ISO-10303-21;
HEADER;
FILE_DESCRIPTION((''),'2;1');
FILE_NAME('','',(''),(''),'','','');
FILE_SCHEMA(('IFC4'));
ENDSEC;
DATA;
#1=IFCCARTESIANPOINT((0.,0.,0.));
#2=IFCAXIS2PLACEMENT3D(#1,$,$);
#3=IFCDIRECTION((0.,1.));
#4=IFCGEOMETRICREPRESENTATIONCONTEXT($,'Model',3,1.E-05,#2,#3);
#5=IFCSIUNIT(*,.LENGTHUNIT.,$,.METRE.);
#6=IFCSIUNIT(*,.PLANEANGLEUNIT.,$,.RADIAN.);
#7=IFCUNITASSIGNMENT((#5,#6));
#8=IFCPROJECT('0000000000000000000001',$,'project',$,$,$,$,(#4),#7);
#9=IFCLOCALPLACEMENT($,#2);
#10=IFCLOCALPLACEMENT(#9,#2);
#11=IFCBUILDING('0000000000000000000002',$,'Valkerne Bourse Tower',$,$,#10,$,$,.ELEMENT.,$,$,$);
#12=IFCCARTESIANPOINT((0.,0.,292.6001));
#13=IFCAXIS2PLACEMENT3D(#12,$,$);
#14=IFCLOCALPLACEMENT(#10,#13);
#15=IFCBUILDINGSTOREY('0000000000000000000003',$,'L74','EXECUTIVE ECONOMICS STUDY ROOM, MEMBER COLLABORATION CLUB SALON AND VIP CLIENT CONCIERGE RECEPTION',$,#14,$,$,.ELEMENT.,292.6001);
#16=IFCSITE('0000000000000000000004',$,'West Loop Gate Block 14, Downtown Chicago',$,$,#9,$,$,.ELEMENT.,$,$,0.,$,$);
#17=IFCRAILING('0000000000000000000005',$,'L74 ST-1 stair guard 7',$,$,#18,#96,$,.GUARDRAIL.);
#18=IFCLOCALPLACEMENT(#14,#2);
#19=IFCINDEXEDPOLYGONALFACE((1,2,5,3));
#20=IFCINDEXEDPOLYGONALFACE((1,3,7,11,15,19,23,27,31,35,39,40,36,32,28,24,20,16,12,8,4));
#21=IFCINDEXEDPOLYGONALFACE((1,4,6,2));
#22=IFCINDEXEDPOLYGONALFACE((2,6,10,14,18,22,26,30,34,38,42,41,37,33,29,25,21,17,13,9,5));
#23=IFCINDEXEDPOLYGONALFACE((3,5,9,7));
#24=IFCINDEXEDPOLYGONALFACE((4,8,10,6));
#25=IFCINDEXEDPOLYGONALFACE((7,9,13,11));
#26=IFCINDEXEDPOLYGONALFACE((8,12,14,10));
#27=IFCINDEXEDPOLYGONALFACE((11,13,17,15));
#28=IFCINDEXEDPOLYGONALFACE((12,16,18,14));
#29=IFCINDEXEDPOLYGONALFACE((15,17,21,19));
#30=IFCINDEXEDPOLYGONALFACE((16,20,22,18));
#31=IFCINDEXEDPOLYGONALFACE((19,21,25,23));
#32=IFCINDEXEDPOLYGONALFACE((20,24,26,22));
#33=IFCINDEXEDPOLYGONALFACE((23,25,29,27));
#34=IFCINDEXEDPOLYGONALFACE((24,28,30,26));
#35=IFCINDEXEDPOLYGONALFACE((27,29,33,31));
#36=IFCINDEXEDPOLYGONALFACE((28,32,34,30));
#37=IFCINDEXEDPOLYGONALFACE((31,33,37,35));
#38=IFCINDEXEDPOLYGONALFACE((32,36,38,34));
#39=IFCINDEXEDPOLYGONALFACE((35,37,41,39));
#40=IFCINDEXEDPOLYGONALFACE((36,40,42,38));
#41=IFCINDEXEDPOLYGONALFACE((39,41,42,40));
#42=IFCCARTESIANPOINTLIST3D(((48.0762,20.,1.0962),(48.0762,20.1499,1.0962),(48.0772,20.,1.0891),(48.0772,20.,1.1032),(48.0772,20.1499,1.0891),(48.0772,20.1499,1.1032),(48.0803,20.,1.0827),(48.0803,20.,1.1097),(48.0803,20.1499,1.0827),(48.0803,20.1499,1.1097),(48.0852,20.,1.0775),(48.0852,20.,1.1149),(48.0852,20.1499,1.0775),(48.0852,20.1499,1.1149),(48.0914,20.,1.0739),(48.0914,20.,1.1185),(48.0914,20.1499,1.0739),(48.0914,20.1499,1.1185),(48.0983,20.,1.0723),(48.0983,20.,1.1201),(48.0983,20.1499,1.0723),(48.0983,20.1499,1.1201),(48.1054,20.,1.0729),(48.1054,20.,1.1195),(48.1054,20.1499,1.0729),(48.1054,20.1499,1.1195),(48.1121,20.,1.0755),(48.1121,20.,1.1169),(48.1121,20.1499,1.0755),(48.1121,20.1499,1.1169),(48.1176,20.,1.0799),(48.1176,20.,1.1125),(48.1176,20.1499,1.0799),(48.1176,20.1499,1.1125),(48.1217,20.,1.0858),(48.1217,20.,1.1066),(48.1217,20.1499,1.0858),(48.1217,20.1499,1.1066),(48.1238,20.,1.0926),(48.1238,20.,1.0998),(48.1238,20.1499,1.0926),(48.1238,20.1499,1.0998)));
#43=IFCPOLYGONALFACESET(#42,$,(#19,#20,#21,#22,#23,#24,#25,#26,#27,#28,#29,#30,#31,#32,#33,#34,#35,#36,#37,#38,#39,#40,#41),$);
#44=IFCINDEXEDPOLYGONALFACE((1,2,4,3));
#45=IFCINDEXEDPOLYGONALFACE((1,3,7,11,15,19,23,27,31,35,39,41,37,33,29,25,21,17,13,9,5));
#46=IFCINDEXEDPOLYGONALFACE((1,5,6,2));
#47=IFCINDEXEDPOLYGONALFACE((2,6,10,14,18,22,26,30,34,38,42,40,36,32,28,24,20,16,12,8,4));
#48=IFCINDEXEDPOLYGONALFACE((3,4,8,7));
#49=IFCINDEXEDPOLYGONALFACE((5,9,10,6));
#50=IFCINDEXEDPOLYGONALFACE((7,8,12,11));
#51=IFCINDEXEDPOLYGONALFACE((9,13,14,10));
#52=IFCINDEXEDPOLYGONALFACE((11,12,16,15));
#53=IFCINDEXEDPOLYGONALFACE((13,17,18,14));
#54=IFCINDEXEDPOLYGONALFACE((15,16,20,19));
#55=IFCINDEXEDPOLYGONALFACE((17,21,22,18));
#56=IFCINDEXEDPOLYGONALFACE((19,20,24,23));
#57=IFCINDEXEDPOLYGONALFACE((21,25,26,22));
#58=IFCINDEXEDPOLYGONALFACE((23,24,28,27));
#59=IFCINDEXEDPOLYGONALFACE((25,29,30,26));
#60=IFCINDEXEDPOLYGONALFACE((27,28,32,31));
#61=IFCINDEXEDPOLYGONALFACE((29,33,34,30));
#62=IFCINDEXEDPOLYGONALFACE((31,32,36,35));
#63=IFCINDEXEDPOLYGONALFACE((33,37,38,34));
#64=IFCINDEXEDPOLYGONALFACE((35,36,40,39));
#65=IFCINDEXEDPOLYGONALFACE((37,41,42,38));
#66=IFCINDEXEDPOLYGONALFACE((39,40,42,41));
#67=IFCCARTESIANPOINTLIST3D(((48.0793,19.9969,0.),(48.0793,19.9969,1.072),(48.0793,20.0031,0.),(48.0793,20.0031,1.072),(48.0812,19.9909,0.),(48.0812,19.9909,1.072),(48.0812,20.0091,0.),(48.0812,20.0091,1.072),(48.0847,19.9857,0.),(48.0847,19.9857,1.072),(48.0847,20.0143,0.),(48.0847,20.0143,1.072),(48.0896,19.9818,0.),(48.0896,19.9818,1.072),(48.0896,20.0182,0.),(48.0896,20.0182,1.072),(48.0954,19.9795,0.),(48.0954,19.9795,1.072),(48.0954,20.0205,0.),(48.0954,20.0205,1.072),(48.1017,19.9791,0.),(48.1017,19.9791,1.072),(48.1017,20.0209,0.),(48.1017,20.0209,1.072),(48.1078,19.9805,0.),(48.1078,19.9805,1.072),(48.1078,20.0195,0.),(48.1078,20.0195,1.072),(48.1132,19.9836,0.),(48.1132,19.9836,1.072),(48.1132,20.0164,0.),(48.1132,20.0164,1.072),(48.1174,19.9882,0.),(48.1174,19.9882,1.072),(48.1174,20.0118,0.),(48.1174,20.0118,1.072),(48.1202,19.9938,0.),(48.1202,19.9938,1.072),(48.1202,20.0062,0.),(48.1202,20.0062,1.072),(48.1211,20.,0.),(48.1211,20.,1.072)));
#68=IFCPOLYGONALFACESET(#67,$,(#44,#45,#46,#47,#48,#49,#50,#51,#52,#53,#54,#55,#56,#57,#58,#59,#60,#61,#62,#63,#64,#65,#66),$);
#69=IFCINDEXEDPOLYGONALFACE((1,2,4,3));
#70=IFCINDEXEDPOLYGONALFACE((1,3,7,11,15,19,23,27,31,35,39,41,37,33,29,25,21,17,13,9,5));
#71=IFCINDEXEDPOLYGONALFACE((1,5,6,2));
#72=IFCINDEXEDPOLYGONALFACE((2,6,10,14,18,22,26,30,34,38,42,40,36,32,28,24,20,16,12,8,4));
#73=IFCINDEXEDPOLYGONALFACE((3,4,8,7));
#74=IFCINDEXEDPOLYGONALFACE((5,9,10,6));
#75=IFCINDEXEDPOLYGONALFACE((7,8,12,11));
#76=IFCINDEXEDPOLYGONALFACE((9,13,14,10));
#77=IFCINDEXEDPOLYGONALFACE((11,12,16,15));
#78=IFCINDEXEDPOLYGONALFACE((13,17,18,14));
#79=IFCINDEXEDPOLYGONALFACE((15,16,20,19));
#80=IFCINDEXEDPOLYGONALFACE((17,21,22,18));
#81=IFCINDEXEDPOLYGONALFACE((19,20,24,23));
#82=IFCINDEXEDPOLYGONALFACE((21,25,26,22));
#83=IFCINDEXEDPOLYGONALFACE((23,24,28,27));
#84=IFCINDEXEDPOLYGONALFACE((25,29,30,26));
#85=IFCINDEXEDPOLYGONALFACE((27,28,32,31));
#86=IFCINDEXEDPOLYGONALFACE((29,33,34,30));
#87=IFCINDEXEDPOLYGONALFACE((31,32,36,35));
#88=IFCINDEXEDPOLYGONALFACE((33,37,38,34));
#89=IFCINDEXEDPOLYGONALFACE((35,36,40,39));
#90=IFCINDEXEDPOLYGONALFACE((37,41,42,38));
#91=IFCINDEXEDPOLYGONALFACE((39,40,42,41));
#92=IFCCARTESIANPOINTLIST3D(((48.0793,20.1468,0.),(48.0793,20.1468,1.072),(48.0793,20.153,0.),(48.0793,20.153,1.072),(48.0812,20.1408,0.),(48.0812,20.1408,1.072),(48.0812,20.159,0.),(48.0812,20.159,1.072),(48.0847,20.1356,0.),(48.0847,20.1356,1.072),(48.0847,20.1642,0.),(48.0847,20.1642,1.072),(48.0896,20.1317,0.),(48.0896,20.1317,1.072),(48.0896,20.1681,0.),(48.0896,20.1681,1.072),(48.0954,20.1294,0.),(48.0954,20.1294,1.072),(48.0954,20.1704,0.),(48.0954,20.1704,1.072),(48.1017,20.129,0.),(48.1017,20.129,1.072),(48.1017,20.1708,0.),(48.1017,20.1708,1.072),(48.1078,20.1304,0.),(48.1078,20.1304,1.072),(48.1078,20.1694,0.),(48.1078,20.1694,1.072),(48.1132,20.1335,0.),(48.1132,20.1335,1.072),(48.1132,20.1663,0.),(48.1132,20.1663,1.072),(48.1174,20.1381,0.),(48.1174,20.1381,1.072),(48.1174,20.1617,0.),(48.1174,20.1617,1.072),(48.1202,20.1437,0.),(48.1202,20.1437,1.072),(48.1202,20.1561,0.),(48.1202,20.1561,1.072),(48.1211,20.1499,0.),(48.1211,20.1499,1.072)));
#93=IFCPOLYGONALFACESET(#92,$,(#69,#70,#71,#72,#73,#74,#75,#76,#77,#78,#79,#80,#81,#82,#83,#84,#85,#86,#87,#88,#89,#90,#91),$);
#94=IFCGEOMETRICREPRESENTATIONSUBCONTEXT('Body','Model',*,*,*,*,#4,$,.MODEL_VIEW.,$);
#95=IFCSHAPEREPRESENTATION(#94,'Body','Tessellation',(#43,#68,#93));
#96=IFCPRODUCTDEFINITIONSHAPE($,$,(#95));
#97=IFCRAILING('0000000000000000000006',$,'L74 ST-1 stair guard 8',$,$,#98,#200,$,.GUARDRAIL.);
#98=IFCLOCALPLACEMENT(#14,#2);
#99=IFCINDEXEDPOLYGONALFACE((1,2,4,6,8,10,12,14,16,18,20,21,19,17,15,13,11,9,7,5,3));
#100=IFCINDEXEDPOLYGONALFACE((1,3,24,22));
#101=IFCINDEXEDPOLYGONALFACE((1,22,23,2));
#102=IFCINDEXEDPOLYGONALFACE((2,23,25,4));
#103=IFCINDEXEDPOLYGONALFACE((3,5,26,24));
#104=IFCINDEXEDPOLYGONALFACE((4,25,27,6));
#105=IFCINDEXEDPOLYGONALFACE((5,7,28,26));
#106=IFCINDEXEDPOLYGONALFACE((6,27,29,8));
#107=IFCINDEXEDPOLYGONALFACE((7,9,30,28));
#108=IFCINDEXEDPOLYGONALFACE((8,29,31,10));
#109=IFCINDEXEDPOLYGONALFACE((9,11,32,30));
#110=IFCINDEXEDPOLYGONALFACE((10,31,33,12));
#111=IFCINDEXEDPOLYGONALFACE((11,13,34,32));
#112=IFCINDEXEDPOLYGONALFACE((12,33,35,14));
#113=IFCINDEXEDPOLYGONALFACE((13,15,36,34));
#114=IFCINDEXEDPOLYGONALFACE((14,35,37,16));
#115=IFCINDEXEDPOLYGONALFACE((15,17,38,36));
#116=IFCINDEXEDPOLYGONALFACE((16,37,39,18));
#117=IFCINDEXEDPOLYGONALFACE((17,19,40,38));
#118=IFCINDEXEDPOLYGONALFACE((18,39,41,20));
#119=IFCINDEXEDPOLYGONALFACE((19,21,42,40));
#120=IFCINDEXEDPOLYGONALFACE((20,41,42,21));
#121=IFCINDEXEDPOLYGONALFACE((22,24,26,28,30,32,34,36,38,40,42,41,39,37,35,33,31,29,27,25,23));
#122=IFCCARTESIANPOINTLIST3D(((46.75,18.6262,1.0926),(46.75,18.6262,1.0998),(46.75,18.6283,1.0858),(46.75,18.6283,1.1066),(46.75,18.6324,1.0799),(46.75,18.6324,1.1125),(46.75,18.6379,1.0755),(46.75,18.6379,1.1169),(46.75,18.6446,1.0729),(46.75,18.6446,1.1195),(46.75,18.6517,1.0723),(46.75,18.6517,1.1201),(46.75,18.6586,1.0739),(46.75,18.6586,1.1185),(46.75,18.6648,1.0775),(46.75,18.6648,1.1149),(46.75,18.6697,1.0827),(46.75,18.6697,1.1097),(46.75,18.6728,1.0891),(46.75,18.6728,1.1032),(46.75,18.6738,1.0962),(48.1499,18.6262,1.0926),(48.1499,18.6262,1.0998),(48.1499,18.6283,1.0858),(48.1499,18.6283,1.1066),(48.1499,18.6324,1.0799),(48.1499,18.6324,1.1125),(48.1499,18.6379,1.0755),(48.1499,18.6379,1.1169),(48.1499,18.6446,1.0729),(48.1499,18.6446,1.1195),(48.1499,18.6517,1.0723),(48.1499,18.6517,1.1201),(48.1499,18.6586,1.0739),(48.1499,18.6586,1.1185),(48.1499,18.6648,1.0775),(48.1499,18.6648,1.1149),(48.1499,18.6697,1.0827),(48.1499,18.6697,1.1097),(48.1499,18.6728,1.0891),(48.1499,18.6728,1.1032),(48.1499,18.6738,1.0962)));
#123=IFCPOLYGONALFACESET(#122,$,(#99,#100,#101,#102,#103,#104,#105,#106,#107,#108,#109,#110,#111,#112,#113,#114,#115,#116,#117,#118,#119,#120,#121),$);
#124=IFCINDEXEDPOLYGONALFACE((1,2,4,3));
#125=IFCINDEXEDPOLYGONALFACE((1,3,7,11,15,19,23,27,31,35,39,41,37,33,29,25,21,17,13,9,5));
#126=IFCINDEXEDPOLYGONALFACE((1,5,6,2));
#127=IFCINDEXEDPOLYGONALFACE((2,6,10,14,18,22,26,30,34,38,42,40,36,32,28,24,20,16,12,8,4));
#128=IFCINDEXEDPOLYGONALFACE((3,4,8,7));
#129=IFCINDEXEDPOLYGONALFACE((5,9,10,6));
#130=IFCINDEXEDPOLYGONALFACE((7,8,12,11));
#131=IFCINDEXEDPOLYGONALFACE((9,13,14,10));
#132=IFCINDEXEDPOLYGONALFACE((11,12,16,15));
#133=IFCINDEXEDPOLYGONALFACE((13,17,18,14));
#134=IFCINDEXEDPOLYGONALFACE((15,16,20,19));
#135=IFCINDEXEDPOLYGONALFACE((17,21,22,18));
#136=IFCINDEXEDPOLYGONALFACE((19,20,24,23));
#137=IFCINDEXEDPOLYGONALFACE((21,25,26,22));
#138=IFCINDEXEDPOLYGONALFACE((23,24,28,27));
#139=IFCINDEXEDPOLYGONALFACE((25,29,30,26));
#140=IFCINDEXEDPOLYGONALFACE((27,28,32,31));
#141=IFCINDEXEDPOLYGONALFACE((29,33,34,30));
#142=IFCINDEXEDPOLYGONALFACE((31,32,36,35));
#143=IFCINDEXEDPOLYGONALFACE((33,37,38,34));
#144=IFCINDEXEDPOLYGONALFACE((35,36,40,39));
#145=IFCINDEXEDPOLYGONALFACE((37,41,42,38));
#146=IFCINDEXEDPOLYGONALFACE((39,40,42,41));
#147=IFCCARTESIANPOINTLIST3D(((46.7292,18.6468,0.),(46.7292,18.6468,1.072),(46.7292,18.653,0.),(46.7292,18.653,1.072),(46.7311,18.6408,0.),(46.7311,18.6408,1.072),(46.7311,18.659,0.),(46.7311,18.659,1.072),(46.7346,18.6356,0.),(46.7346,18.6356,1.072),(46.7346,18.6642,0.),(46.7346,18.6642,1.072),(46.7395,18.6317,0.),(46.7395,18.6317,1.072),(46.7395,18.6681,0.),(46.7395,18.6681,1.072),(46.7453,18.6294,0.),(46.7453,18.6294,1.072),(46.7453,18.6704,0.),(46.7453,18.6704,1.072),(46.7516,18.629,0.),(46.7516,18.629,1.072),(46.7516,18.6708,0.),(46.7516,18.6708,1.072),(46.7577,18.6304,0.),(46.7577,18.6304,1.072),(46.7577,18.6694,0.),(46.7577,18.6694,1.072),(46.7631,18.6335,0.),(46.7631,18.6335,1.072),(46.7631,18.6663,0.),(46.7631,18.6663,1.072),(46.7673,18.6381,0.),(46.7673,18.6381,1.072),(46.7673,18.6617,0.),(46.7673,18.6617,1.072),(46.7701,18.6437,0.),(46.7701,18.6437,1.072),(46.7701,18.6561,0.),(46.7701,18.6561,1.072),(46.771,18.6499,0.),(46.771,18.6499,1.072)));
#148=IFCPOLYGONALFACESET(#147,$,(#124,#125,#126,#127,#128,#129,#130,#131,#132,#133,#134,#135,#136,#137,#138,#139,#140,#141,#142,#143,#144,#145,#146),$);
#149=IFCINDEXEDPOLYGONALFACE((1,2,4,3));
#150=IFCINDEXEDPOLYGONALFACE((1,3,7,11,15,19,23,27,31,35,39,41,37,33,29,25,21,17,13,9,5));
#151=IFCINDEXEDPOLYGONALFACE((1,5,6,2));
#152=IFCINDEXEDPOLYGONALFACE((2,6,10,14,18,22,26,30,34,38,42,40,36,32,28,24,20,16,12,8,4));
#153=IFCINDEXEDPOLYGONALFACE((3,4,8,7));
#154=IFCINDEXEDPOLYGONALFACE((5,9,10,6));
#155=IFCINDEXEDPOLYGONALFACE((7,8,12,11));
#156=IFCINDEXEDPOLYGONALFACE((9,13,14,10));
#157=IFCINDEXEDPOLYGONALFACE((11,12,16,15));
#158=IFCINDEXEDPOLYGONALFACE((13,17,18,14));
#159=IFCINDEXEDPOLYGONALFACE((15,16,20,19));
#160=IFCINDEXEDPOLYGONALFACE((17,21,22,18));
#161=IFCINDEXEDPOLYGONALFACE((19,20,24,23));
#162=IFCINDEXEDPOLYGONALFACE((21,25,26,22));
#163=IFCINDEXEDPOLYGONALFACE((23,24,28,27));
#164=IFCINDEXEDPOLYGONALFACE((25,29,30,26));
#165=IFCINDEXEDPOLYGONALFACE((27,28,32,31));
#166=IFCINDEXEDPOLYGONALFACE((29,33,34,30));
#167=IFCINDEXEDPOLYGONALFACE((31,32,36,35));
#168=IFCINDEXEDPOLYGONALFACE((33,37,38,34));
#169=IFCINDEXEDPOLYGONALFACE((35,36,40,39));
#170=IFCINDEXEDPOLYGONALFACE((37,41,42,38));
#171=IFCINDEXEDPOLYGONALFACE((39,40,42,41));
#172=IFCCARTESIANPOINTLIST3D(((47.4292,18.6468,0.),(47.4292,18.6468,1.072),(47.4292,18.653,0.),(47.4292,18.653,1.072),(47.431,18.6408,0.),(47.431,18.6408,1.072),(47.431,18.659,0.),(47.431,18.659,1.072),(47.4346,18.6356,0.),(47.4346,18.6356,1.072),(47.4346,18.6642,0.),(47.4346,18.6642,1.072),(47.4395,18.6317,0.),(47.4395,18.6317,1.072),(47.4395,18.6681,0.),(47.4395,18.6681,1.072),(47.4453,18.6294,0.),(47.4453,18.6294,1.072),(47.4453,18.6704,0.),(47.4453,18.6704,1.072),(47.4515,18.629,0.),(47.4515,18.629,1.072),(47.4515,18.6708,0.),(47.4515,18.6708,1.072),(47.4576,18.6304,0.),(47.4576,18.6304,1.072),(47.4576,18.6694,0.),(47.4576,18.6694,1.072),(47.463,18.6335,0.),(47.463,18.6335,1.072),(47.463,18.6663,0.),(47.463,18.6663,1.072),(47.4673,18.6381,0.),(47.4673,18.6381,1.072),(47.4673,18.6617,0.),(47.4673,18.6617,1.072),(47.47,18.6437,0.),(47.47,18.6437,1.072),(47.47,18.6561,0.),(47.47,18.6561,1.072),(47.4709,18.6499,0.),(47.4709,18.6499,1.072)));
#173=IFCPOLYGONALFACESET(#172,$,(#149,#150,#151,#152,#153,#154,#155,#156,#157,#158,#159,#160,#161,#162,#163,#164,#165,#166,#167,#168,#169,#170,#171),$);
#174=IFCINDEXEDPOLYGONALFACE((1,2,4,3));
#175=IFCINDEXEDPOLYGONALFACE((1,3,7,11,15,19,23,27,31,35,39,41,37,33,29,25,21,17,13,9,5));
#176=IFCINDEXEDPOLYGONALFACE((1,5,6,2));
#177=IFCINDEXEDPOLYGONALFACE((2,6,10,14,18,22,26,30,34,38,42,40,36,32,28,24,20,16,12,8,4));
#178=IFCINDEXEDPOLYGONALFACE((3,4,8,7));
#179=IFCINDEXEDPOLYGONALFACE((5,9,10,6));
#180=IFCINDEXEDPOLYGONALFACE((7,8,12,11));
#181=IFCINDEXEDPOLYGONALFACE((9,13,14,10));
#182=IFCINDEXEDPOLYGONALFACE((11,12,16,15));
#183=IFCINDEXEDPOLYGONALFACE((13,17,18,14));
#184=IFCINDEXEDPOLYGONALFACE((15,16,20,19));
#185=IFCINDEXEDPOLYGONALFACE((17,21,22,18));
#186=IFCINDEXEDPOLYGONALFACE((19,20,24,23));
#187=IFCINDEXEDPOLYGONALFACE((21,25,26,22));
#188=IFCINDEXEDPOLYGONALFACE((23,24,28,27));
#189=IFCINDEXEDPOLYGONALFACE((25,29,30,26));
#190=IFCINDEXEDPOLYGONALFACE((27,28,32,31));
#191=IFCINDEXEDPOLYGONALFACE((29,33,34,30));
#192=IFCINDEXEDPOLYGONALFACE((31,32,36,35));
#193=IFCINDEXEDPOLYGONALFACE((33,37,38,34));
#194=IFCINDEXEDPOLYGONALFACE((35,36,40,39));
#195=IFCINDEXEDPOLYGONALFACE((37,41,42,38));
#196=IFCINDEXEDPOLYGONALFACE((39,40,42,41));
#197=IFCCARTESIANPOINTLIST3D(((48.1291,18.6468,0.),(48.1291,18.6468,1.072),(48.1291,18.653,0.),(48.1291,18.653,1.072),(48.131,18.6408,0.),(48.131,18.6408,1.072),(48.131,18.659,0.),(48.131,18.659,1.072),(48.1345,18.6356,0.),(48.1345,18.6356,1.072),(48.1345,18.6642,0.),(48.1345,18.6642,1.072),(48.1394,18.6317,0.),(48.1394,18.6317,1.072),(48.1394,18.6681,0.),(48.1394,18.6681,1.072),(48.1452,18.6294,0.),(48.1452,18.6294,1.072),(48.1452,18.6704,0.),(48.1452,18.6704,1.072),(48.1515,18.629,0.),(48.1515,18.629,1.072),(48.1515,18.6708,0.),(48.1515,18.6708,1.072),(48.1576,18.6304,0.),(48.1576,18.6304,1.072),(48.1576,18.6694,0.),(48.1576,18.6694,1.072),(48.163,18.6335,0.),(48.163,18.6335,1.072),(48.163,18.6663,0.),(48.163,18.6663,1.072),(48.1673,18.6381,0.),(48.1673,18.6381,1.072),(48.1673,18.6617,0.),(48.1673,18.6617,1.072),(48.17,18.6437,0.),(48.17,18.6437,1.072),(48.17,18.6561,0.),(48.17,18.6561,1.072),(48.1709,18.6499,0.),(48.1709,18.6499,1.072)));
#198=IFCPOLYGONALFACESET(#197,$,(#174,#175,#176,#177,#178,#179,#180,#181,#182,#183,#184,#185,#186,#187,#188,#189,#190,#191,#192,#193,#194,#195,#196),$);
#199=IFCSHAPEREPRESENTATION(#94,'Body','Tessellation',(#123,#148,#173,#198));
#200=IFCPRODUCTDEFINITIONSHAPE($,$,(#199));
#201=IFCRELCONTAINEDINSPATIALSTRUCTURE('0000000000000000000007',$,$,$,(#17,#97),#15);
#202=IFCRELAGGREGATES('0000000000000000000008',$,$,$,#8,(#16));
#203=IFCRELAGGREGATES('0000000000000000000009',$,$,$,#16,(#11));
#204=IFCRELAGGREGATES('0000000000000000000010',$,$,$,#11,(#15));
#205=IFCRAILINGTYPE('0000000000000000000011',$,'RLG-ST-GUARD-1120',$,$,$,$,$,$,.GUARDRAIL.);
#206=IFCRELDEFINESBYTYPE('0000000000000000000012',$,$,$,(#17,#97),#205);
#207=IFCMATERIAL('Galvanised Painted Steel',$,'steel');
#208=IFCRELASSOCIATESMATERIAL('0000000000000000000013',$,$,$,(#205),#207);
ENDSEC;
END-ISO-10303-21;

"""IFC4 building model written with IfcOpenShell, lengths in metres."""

from ifc_helpers import new_model, si_unit, direction, frame, origin, origin_2d, place, context, subcontext, project, spatial, circle, extrude, material, type_object, element, save


model = new_model("IFC4")

# Units and contexts
model_context = context("Model", 3, precision=1e-05, world=origin(), true_north=direction((0.0, 1.0)))
body_context = subcontext(model_context, "Body", "Model", "MODEL_VIEW")
ifc_project = project(units=[si_unit("LENGTHUNIT", "METRE"), si_unit("PLANEANGLEUNIT", "RADIAN")], contexts=[model_context])

# Site, building, storey
site_placement = place(None, origin())
site = spatial("IfcSite", under=ifc_project, at=site_placement, Name="West Loop Gate Block 14, Downtown Chicago", CompositionType="ELEMENT", RefElevation=0.0)
building_placement = place(site_placement, origin())
building = spatial("IfcBuilding", under=site, at=building_placement, Name="Valkerne Bourse Tower", CompositionType="ELEMENT")
storey_placement = place(building_placement, frame((0.0, 0.0, 292.6001)))
storey = spatial("IfcBuildingStorey", under=building, at=storey_placement, Name="L74", Description="EXECUTIVE ECONOMICS STUDY ROOM, MEMBER COLLABORATION CLUB SALON AND VIP CLIENT CONCIERGE RECEPTION", CompositionType="ELEMENT", Elevation=292.6001)

# Shared definitions
ifc_material_1 = material(Name="Galvanised Painted Steel", Category="steel")

# Railings
railing_type_1 = type_object("IfcRailingType", Name="RLG-ST-GUARD-1120", PredefinedType="GUARDRAIL", material=ifc_material_1)
railing_1_placement = place(storey_placement, frame((48.1001, 20.0, 0.0)))
element("IfcRailing", 1, at=railing_1_placement, inside=storey, type_object=railing_type_1, Name="L74 ST-1 stair guard 7", PredefinedType="GUARDRAIL", context=body_context, shape_type="SweptSolid", body=[
    extrude(circle(Radius=0.0239, at=origin_2d()), frame((0.0, 0.0, 1.0962), z_axis=(0.0, 1.0, 0.0), x_axis=(-1.0, 0.0, 0.0)), (0.0, 0.0, 1.0), 0.1499),
    extrude(circle(Radius=0.021, at=origin_2d()), origin(), (0.0, 0.0, 1.0), 1.072),
    extrude(circle(Radius=0.021, at=origin_2d()), frame((0.0, 0.1499, 0.0)), (0.0, 0.0, 1.0), 1.072),
])
for number, where, name in (
    (2, (46.75, 18.6499, 0.0), "L74 ST-1 stair guard 8"),
):
    element("IfcRailing", number, at=place(storey_placement, frame(where)), inside=storey, type_object=railing_type_1, Name=name, PredefinedType="GUARDRAIL", context=body_context, shape_type="SweptSolid", body=[
        extrude(circle(Radius=0.0239, at=origin_2d()), frame((0.0, 0.0, 1.0962), z_axis=(1.0, 0.0, 0.0), x_axis=(0.0, 1.0, 0.0)), (0.0, 0.0, 1.0), 1.3999),
        extrude(circle(Radius=0.021, at=origin_2d()), origin(), (0.0, 0.0, 1.0), 1.072),
        extrude(circle(Radius=0.021, at=origin_2d()), frame((0.7, 0.0, 0.0)), (0.0, 0.0, 1.0), 1.072),
        extrude(circle(Radius=0.021, at=origin_2d()), frame((1.3999, 0.0, 0.0)), (0.0, 0.0, 1.0), 1.072),
    ])

save(model, "model.ifc")
